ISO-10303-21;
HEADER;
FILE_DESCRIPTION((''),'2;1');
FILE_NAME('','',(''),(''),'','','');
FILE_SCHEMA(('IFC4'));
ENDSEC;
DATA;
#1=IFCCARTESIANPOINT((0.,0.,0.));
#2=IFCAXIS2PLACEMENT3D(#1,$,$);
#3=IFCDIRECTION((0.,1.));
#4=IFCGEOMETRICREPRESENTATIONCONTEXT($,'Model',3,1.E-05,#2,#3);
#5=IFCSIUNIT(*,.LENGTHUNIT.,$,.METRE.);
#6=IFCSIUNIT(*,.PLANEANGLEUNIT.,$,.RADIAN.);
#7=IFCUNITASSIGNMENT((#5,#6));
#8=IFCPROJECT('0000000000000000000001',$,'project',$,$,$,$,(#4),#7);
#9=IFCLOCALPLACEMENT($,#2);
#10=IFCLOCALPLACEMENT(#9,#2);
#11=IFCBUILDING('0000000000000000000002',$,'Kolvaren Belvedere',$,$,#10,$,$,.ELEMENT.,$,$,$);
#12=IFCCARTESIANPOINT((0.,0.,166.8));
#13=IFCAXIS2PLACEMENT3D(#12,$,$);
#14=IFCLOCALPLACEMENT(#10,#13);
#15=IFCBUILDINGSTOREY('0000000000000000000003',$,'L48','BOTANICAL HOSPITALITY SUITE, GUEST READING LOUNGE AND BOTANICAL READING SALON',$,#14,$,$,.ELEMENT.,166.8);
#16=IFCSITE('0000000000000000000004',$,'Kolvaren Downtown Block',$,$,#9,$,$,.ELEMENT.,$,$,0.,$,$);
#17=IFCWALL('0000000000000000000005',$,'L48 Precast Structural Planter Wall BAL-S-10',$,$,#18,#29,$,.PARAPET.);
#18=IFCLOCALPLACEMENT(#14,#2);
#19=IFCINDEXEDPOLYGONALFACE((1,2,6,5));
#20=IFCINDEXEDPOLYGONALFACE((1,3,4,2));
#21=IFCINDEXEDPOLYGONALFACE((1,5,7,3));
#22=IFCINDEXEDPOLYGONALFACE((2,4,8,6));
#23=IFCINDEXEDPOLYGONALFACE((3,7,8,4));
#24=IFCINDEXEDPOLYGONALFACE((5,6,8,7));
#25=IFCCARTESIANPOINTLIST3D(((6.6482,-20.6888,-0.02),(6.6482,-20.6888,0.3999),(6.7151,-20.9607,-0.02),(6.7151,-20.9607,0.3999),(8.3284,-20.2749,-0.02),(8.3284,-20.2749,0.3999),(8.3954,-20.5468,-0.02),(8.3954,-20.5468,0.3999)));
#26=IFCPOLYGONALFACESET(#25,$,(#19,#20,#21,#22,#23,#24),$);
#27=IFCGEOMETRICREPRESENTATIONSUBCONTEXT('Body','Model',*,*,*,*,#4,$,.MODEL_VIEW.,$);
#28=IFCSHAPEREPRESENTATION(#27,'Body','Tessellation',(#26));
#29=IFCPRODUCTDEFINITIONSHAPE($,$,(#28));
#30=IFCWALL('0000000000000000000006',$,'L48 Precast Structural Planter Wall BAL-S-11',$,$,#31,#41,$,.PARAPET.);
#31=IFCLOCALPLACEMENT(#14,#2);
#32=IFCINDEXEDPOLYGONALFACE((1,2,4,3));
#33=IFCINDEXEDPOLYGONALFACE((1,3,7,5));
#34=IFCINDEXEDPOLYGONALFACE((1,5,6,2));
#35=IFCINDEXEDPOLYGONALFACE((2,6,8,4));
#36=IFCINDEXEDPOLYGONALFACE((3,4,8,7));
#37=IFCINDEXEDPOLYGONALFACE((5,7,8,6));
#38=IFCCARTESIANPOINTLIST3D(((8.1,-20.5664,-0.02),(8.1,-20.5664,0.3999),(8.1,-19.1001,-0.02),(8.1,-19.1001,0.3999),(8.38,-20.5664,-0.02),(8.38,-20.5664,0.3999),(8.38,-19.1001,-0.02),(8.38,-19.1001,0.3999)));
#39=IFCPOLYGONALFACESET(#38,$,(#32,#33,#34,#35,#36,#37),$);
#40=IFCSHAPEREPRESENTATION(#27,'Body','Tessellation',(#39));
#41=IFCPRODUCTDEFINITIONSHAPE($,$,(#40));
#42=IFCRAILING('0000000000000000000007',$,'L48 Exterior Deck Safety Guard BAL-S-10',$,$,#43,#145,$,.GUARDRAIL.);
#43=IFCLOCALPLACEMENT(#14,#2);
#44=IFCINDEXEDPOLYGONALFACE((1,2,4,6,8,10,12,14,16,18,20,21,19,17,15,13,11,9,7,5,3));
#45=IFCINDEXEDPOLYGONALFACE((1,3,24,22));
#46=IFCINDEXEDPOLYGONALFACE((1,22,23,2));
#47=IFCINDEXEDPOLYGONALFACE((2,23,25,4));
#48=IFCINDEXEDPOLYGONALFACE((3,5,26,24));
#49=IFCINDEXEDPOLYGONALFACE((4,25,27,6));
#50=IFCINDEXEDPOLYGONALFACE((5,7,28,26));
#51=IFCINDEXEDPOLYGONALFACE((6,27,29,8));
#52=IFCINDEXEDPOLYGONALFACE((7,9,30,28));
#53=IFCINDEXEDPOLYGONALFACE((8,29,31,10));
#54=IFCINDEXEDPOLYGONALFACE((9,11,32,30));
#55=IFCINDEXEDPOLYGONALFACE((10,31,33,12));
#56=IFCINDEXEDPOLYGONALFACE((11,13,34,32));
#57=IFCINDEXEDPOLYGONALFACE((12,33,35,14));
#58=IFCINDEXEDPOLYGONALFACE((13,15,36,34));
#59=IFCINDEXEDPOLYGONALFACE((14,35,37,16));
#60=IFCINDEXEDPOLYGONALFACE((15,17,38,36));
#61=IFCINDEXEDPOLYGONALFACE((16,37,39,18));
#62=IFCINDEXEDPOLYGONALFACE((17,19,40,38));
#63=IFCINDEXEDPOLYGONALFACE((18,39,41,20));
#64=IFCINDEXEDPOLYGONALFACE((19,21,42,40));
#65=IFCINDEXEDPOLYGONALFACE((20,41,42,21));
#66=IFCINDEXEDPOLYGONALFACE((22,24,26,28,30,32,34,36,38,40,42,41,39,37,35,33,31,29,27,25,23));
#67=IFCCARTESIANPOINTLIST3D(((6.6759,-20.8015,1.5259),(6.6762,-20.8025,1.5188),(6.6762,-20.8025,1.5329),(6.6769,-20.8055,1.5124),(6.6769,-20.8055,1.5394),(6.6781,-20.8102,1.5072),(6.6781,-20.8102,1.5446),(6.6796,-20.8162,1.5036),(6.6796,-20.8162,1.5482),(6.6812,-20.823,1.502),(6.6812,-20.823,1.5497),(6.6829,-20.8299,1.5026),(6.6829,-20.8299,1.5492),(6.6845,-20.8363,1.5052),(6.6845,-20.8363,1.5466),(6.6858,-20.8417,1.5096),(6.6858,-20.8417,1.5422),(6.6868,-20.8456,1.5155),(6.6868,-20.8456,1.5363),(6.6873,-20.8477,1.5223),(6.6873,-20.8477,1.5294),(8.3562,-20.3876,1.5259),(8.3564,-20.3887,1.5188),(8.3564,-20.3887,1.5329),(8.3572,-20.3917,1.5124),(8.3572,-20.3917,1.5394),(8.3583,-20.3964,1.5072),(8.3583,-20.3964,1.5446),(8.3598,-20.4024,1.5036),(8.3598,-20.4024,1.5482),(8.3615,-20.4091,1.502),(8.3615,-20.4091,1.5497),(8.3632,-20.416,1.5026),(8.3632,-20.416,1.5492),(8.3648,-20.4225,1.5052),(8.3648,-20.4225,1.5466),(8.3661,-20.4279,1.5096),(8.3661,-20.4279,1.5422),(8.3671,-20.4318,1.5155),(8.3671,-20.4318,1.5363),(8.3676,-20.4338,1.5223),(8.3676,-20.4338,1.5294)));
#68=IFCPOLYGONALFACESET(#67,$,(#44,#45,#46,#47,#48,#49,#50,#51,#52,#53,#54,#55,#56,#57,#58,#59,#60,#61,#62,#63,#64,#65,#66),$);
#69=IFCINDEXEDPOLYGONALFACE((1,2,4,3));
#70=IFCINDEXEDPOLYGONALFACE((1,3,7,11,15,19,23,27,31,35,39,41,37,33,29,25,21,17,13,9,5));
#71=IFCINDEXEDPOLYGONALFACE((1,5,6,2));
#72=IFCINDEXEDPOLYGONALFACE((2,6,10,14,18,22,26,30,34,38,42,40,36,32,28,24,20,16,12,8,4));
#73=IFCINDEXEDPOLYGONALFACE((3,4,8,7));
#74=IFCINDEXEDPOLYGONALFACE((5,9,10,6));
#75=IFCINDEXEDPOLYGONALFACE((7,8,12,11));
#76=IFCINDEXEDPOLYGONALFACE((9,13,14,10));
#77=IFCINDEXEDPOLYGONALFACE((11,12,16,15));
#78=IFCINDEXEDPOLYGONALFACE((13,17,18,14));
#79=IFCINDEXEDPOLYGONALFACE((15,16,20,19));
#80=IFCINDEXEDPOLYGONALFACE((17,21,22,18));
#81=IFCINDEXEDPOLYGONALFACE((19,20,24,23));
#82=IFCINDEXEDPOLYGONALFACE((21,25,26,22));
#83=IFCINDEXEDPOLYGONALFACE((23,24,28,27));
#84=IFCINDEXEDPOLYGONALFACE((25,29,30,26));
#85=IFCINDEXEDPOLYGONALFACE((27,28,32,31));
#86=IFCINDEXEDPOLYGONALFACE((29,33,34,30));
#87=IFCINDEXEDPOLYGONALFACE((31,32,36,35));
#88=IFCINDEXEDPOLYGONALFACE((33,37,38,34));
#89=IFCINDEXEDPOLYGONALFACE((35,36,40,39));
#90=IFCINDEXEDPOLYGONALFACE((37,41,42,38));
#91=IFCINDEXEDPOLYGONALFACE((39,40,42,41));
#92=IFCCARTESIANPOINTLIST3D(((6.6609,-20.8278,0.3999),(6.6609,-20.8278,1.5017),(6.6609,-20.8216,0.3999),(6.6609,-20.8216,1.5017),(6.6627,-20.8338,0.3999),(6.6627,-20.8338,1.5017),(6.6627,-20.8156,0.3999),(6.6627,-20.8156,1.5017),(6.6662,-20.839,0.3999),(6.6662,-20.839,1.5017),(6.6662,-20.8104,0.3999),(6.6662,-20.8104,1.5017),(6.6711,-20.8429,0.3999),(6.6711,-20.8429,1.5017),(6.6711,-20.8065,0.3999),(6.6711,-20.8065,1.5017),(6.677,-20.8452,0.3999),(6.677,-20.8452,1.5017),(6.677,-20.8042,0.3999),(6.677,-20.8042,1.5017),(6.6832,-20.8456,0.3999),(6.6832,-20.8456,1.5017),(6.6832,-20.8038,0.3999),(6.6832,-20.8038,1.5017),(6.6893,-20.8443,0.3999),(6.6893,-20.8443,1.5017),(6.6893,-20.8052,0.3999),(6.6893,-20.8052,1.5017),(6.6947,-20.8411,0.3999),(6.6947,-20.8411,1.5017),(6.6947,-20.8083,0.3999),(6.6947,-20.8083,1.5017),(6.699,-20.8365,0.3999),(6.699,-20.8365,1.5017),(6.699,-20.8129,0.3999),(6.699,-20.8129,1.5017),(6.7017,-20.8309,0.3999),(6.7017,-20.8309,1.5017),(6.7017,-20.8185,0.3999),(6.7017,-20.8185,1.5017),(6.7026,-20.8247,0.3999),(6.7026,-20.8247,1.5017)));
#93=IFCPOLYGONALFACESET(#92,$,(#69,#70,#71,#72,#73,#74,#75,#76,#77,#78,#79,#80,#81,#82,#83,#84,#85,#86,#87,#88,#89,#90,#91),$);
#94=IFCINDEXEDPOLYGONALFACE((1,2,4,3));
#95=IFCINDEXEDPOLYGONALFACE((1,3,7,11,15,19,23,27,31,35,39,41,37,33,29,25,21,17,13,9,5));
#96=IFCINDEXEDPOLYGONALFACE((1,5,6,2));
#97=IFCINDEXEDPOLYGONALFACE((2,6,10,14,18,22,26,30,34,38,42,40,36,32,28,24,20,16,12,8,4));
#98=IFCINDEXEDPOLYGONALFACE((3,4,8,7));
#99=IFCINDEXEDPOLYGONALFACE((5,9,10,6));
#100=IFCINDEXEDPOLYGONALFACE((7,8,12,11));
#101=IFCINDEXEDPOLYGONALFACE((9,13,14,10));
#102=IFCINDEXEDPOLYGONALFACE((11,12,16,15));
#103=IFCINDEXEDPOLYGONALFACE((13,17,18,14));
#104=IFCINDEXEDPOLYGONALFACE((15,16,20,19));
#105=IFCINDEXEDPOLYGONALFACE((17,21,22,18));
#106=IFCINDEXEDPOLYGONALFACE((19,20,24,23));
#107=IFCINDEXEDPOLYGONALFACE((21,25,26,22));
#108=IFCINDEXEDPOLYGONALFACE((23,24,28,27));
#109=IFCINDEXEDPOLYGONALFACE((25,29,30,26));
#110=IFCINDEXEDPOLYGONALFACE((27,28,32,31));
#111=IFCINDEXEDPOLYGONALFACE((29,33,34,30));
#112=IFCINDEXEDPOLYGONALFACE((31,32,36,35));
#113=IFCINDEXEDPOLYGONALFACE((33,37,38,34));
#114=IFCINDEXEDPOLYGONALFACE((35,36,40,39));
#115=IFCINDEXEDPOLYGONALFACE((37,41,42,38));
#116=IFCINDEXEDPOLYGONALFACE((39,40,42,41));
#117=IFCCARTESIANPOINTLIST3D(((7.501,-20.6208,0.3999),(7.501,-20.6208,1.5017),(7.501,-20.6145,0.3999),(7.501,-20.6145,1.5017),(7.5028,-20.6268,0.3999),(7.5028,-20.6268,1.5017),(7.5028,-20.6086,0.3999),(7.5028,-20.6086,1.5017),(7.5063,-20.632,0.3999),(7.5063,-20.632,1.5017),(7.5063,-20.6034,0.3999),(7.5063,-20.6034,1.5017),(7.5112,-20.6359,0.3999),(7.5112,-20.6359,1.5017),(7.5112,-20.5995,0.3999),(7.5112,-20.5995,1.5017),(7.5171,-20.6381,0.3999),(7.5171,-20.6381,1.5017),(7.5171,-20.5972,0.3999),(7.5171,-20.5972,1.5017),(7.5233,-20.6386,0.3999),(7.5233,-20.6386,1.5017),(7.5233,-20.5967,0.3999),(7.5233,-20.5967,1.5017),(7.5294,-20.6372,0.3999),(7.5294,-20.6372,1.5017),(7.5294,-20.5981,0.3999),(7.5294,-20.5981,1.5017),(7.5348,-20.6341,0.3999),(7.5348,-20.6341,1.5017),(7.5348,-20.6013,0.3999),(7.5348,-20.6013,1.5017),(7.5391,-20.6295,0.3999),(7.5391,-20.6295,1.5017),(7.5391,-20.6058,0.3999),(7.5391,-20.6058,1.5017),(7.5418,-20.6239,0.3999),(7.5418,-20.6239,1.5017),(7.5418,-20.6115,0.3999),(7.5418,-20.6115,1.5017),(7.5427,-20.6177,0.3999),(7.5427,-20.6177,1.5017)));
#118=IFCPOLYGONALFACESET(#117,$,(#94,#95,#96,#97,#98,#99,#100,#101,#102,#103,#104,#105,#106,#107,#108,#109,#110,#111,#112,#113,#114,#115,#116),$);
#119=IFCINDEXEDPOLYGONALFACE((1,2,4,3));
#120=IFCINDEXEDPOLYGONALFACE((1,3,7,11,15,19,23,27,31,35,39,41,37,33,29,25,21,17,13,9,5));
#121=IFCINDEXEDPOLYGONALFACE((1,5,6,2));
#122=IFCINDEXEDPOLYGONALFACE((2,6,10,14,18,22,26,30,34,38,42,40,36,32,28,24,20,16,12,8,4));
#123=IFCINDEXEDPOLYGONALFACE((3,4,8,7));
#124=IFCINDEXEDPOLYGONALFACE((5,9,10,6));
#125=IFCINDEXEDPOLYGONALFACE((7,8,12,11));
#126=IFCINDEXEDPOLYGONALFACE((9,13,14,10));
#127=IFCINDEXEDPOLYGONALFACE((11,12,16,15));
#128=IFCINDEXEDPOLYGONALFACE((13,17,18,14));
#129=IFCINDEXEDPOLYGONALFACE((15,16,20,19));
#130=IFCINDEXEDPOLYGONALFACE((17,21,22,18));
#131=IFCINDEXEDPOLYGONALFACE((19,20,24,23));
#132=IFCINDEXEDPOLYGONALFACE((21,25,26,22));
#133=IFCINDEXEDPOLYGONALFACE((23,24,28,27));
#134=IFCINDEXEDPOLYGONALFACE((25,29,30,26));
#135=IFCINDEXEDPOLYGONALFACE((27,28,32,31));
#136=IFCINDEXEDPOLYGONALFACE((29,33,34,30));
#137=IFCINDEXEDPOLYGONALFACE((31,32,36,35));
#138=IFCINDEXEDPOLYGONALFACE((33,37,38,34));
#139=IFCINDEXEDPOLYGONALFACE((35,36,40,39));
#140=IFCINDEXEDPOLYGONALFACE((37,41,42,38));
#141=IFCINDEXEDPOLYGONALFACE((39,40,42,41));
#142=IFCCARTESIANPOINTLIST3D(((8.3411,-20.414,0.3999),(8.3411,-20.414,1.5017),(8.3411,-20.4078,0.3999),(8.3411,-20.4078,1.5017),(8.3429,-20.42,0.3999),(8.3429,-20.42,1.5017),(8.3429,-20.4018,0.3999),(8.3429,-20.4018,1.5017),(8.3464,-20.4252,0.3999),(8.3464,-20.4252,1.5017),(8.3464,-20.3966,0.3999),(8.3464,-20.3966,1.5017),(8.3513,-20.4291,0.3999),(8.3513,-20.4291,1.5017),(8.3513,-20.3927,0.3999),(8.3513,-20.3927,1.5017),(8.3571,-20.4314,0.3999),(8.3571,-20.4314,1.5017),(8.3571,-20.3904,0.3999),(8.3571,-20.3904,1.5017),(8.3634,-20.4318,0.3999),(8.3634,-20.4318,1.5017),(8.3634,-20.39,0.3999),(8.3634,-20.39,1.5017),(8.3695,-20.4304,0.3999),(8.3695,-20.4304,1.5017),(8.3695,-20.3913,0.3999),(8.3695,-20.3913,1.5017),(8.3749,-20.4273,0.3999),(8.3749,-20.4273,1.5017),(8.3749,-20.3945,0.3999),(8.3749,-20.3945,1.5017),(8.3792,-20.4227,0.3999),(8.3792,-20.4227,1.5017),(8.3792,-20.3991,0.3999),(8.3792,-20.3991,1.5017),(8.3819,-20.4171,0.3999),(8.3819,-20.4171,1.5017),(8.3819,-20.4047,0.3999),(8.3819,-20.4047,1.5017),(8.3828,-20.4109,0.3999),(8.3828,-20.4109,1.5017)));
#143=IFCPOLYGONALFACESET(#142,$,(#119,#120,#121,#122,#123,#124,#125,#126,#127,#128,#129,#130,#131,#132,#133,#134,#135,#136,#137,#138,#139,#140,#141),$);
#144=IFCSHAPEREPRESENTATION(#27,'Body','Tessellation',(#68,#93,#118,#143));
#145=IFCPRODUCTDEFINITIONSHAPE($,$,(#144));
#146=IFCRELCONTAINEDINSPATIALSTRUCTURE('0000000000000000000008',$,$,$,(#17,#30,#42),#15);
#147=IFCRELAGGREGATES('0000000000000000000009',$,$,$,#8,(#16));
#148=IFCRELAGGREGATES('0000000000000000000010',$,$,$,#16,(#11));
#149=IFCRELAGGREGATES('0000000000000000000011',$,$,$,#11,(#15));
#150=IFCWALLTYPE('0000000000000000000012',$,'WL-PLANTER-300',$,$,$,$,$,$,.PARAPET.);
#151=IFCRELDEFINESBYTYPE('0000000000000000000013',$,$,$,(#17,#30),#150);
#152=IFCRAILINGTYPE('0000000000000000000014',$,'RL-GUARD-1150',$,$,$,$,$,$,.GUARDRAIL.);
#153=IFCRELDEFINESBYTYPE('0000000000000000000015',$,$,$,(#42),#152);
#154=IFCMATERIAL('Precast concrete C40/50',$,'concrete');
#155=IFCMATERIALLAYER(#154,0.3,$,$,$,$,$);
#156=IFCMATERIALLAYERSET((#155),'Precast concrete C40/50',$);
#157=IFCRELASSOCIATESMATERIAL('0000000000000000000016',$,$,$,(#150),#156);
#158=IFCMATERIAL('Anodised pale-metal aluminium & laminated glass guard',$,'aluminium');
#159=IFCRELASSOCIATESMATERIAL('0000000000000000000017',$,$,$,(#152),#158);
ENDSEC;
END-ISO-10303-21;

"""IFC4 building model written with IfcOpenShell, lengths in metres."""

from ifc_helpers import new_model, si_unit, direction, frame, frame_2d, origin, origin_2d, place, context, subcontext, project, spatial, rectangle, circle, extrude, material, layer, layer_set, type_object, element, save


model = new_model("IFC4")

# Units and contexts
model_context = context("Model", 3, precision=1e-05, world=origin(), true_north=direction((0.0, 1.0)))
body_context = subcontext(model_context, "Body", "Model", "MODEL_VIEW")
ifc_project = project(units=[si_unit("LENGTHUNIT", "METRE"), si_unit("PLANEANGLEUNIT", "RADIAN")], contexts=[model_context])

# Site, building, storey
site_placement = place(None, origin())
site = spatial("IfcSite", under=ifc_project, at=site_placement, Name="Kolvaren Downtown Block", CompositionType="ELEMENT", RefElevation=0.0)
building_placement = place(site_placement, origin())
building = spatial("IfcBuilding", under=site, at=building_placement, Name="Kolvaren Belvedere", CompositionType="ELEMENT")
storey_placement = place(building_placement, frame((0.0, 0.0, 166.8)))
storey = spatial("IfcBuildingStorey", under=building, at=storey_placement, Name="L48", Description="BOTANICAL HOSPITALITY SUITE, GUEST READING LOUNGE AND BOTANICAL READING SALON", CompositionType="ELEMENT", Elevation=166.8)

# Walls
ifc_material_1 = material(Name="Precast concrete C40/50", Category="concrete")
ifc_layer_1 = layer(ifc_material_1, 0.3)
ifc_layer_set_1 = layer_set([ifc_layer_1], Name="Precast concrete C40/50")
wall_type = type_object("IfcWallType", Name="WL-PLANTER-300", PredefinedType="PARAPET", material=ifc_layer_set_1)
wall_1_placement = place(storey_placement, frame((6.6816, -20.8247, -0.02), z_axis=(0.0, 0.0, 1.0), x_axis=(0.970983, 0.239148, 0.0)))
element("IfcWall", 1, at=wall_1_placement, inside=storey, type_object=wall_type, Name="L48 Precast Structural Planter Wall BAL-S-10", PredefinedType="PARAPET", context=body_context, shape_type="SweptSolid", body=[
    extrude(rectangle(XDim=1.7305, YDim=0.28, at=frame_2d((0.8652, 0.0))), origin(), (0.0, 0.0, 1.0), 0.4199),
])
wall_2_placement = place(storey_placement, frame((8.24, -20.5664, -0.02), z_axis=(0.0, 0.0, 1.0), x_axis=(0.0, 1.0, 0.0)))
element("IfcWall", 2, at=wall_2_placement, inside=storey, type_object=wall_type, Name="L48 Precast Structural Planter Wall BAL-S-11", PredefinedType="PARAPET", context=body_context, shape_type="SweptSolid", body=[
    extrude(rectangle(XDim=1.4663, YDim=0.28, at=frame_2d((0.7332, 0.0))), origin(), (0.0, 0.0, 1.0), 0.4199),
])

# Railing
ifc_material_2 = material(Name="Anodised pale-metal aluminium & laminated glass guard", Category="aluminium")
railing_type = type_object("IfcRailingType", Name="RL-GUARD-1150", PredefinedType="GUARDRAIL", material=ifc_material_2)
railing_1_placement = place(storey_placement, frame((6.6816, -20.8247, 0.3999)))
element("IfcRailing", 3, at=railing_1_placement, inside=storey, type_object=railing_type, Name="L48 Exterior Deck Safety Guard BAL-S-10", PredefinedType="GUARDRAIL", context=body_context, shape_type="SweptSolid", body=[
    extrude(circle(Radius=0.0239, at=origin_2d()), frame((0.0, 0.0, 1.126), z_axis=(0.970983, 0.239148, 0.0), x_axis=(-0.239148, 0.970983, 0.0)), (0.0, 0.0, 1.0), 1.7305),
    extrude(circle(Radius=0.021, at=origin_2d()), origin(), (0.0, 0.0, 1.0), 1.1018),
    extrude(circle(Radius=0.021, at=origin_2d()), frame((0.8401, 0.207, 0.0)), (0.0, 0.0, 1.0), 1.1018),
    extrude(circle(Radius=0.021, at=origin_2d()), frame((1.6802, 0.4138, 0.0)), (0.0, 0.0, 1.0), 1.1018),
])

save(model, "model.ifc")
